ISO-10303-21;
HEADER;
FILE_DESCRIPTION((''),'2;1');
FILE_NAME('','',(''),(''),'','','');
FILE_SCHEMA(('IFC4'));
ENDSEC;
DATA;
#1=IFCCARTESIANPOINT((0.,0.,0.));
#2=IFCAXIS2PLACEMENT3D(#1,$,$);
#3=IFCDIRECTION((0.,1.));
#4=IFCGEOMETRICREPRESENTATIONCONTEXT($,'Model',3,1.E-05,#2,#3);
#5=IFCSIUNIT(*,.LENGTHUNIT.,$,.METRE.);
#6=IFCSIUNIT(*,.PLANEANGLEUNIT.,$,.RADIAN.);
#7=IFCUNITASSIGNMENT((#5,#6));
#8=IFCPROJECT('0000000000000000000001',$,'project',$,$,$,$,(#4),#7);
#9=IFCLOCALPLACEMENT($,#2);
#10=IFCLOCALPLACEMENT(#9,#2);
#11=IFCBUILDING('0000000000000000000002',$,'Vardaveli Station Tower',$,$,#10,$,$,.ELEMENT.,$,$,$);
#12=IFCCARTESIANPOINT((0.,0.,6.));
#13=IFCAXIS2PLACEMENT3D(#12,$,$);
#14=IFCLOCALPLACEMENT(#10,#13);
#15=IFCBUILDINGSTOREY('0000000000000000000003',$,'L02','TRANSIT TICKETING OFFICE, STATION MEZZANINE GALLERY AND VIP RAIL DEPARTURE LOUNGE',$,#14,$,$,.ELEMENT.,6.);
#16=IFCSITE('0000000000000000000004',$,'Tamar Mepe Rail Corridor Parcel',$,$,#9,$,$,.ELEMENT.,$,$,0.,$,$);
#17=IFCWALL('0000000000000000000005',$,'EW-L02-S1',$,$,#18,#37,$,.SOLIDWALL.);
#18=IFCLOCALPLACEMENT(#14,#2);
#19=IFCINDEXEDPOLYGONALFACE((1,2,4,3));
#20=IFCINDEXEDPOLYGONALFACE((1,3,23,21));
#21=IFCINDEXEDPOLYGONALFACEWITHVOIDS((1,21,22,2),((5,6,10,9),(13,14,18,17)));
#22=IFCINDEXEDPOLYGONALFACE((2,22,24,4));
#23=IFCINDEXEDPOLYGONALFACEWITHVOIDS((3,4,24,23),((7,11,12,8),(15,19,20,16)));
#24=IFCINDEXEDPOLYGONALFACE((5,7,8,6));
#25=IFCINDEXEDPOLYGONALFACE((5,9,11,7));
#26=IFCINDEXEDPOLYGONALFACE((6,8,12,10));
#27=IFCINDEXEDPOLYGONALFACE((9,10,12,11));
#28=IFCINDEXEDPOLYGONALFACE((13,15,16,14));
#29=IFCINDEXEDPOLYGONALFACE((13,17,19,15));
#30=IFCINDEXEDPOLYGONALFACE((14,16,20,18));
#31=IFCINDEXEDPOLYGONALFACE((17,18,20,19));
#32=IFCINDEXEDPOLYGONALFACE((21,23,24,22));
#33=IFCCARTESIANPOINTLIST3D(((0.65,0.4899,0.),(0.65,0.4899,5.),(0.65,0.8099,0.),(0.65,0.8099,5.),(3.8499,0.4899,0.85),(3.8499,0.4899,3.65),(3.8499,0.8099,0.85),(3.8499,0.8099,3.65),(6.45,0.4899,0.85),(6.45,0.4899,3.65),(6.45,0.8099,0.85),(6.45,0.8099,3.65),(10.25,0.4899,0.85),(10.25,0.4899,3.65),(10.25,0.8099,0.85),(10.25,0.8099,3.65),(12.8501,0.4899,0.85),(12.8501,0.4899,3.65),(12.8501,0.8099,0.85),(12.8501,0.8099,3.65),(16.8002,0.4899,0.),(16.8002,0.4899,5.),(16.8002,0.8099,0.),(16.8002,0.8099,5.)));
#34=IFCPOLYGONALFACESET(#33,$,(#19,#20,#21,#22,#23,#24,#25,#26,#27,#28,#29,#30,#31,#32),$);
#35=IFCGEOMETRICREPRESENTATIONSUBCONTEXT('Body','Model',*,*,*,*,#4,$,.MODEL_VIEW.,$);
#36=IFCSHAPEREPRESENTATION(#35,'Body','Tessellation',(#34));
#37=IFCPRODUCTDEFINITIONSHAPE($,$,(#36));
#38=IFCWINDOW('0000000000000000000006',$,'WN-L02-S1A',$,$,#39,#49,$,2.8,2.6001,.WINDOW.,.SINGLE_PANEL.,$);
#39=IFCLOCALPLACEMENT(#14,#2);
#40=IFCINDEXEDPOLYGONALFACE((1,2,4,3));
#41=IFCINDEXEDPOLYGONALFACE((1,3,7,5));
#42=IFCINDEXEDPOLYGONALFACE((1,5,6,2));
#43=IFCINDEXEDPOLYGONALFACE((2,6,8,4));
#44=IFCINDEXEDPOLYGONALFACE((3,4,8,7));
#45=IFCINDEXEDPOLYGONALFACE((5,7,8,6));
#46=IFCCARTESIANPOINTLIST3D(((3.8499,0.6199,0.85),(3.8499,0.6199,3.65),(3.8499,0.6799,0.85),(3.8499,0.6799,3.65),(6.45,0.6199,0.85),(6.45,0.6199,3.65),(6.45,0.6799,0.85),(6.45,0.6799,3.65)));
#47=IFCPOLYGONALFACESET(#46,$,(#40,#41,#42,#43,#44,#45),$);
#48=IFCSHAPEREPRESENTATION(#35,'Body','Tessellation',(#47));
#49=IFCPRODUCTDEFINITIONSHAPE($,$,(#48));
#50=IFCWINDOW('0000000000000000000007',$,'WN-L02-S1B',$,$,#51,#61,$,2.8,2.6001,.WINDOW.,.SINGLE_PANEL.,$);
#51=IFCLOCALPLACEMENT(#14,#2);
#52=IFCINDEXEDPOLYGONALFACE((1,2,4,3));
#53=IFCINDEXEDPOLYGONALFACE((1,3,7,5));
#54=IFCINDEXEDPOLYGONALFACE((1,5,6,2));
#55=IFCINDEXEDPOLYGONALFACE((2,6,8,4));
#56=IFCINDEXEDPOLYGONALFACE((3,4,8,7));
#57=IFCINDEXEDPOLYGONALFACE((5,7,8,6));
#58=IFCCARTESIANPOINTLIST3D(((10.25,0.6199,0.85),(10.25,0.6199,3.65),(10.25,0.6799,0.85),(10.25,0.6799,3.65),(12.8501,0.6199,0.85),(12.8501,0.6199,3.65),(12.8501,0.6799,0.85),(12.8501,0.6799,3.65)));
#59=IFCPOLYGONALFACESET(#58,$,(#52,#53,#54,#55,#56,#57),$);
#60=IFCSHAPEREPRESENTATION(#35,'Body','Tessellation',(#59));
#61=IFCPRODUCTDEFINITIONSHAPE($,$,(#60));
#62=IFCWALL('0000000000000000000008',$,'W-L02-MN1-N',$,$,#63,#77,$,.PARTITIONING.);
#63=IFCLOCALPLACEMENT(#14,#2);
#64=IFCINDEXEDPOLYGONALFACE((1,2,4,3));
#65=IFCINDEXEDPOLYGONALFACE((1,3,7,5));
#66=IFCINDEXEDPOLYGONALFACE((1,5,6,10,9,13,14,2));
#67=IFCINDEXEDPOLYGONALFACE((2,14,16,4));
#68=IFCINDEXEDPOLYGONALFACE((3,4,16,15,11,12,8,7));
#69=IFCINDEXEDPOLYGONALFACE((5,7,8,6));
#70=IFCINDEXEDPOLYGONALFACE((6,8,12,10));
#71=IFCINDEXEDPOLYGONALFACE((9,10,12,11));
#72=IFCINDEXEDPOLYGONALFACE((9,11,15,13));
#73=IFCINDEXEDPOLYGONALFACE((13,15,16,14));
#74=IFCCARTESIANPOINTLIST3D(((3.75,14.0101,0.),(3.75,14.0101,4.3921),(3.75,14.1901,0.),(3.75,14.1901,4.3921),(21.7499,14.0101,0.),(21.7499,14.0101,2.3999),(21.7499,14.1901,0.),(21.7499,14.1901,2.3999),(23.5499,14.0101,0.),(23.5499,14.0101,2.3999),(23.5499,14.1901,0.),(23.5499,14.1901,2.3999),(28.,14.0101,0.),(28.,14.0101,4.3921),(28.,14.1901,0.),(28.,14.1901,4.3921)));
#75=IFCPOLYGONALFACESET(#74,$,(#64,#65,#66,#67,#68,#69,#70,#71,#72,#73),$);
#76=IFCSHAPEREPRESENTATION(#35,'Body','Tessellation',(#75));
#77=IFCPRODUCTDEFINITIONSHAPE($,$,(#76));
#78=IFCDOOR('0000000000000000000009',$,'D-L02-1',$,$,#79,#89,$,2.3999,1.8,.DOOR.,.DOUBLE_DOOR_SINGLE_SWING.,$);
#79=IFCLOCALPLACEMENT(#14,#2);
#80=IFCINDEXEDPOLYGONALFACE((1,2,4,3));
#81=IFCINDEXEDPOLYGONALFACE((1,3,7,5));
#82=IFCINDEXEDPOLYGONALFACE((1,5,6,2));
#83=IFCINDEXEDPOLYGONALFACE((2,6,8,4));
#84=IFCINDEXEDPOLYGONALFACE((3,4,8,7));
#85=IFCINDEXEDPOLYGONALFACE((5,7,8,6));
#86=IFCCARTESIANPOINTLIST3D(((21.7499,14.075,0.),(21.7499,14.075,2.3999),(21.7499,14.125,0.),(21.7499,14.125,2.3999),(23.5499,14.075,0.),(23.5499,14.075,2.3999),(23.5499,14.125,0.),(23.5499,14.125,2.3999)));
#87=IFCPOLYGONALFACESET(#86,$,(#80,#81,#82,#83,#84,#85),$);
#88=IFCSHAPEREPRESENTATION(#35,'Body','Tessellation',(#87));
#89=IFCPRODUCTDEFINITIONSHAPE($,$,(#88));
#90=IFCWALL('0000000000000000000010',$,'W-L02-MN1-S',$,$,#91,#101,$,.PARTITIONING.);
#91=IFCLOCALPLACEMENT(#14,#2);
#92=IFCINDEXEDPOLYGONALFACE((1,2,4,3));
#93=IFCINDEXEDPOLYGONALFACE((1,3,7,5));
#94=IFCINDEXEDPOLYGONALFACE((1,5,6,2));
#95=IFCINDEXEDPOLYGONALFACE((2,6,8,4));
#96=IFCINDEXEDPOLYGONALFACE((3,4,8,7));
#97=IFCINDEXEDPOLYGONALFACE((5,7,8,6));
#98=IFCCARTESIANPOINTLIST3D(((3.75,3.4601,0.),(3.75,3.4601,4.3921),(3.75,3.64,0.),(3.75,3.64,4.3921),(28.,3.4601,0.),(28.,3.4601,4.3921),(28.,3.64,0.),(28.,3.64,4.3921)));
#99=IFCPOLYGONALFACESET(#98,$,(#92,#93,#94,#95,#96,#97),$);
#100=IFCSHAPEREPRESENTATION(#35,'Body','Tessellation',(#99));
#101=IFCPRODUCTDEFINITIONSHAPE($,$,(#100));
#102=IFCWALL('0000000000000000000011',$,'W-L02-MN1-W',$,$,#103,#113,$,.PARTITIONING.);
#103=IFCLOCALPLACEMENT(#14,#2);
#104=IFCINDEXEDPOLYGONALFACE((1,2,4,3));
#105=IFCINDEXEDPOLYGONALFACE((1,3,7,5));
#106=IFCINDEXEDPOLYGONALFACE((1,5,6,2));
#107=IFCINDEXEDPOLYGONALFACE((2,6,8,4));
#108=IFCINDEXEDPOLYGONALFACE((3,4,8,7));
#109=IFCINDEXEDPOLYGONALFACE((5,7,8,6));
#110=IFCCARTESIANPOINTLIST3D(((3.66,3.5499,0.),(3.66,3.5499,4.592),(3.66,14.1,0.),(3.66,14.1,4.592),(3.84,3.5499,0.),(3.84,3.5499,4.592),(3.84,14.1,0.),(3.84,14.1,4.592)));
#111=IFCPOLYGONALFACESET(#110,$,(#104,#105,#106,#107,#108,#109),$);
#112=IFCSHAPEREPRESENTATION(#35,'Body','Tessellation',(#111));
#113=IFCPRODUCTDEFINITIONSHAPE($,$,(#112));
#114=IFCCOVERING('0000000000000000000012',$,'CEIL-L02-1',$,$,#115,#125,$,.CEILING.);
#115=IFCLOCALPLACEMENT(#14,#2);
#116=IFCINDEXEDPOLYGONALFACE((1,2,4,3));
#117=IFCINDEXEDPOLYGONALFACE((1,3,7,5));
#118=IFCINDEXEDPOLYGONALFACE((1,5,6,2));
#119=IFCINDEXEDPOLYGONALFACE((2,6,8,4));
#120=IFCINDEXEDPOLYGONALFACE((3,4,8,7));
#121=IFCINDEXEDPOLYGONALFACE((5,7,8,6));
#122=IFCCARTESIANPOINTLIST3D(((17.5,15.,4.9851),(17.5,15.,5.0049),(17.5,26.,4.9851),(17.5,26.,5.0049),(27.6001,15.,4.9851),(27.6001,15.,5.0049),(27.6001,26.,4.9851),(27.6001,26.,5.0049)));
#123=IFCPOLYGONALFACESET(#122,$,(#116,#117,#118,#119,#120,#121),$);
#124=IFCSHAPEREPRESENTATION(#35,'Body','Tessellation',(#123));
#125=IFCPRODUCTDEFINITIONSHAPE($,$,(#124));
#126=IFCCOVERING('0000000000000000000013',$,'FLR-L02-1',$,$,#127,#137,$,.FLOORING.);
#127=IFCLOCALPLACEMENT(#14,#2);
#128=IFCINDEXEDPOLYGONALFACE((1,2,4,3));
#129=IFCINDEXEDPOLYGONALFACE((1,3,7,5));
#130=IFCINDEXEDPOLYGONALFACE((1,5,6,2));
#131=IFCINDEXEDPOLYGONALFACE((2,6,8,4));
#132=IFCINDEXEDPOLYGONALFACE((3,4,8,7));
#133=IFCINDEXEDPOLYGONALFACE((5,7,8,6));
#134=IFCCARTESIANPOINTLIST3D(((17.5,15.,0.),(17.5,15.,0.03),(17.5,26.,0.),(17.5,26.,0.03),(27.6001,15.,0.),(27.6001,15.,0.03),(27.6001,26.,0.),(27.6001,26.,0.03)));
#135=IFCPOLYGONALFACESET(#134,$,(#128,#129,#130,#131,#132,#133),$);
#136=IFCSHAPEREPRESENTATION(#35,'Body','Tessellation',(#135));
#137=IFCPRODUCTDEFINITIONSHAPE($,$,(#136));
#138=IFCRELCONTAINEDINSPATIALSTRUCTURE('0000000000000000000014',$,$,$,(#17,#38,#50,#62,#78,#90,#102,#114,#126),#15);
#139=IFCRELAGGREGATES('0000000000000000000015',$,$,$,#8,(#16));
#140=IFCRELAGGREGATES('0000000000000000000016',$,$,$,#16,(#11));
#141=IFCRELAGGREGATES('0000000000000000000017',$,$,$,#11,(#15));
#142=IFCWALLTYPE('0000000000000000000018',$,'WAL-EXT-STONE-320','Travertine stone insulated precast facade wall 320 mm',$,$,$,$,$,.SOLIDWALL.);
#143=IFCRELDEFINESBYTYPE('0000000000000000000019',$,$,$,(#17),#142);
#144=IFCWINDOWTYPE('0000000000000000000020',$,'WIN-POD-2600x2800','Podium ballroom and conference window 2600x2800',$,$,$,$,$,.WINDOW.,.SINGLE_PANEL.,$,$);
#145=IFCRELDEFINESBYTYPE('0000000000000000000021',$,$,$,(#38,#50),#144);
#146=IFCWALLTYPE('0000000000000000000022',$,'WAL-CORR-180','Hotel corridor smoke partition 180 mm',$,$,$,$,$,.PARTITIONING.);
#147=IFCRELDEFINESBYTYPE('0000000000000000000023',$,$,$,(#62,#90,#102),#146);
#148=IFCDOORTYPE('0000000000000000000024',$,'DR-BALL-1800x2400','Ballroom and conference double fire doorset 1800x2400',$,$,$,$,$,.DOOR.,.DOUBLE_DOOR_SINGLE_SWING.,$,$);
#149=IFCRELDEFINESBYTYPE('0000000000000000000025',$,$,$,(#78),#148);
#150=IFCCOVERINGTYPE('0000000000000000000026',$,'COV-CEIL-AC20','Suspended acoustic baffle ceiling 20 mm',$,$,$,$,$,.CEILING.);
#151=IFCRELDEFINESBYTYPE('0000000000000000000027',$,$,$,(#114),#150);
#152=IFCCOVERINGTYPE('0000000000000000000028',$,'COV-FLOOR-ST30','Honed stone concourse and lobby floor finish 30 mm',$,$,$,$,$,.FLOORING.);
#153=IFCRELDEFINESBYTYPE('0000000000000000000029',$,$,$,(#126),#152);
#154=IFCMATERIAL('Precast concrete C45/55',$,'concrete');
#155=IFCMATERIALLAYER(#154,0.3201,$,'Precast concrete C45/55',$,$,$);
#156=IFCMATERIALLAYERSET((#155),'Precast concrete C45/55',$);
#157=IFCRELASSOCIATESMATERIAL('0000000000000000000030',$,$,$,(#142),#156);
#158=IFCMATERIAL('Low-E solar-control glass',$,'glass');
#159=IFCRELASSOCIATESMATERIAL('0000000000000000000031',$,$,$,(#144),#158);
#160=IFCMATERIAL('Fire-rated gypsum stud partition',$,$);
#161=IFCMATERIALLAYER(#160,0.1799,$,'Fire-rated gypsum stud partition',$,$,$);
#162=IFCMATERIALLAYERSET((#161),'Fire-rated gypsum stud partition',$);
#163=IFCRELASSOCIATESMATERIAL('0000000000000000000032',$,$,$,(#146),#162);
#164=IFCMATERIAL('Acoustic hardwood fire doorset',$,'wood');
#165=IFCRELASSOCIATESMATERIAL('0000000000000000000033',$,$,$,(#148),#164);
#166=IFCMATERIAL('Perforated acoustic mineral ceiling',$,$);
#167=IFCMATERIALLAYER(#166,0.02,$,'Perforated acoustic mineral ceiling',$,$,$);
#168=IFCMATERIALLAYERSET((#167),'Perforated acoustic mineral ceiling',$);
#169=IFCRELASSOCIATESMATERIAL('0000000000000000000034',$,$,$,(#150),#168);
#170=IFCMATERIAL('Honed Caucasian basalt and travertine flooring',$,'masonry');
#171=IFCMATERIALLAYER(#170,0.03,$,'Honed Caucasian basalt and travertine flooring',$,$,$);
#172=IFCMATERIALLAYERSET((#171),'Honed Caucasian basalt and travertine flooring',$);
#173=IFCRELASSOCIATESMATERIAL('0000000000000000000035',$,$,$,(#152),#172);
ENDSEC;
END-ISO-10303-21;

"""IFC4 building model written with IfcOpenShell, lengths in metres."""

from ifc_helpers import new_model, si_unit, direction, frame, frame_2d, origin, place, context, subcontext, project, spatial, polyline, rectangle, outline, extrude, source, transform, mapped, material, layer, layer_set, type_object, element, fill, save


model = new_model("IFC4")

# Units and contexts
model_context = context("Model", 3, precision=1e-05, world=origin(), true_north=direction((0.0, 1.0)))
body_context = subcontext(model_context, "Body", "Model", "MODEL_VIEW")
ifc_project = project(units=[si_unit("LENGTHUNIT", "METRE"), si_unit("PLANEANGLEUNIT", "RADIAN")], contexts=[model_context])

# Site, building, storey
site_placement = place(None, origin())
site = spatial("IfcSite", under=ifc_project, at=site_placement, Name="Tamar Mepe Rail Corridor Parcel", CompositionType="ELEMENT", RefElevation=0.0)
building_placement = place(site_placement, origin())
building = spatial("IfcBuilding", under=site, at=building_placement, Name="Vardaveli Station Tower", CompositionType="ELEMENT")
storey_placement = place(building_placement, frame((0.0, 0.0, 6.0)))
storey = spatial("IfcBuildingStorey", under=building, at=storey_placement, Name="L02", Description="TRANSIT TICKETING OFFICE, STATION MEZZANINE GALLERY AND VIP RAIL DEPARTURE LOUNGE", CompositionType="ELEMENT", Elevation=6.0)

# Wall, openings, windows
ifc_material_1 = material(Name="Precast concrete C45/55", Category="concrete")
ifc_layer_1 = layer(ifc_material_1, 0.3201, Name="Precast concrete C45/55")
ifc_layer_set_1 = layer_set([ifc_layer_1], Name="Precast concrete C45/55")
wall_type_1 = type_object("IfcWallType", Name="WAL-EXT-STONE-320", Description="Travertine stone insulated precast facade wall 320 mm", PredefinedType="SOLIDWALL", material=ifc_layer_set_1)
shared_shape_1 = source(origin(), body_context, "Body", "SweptSolid", [
    extrude(rectangle(XDim=16.1501, YDim=0.3201, at=frame_2d((8.0752, 0.0))), origin(), (0.0, 0.0, 1.0), 5.0),
])
wall_1_placement = place(storey_placement, frame((0.6499, 0.6499, 0.0), z_axis=(0.0, 0.0, 1.0), x_axis=(1.0, 0.0, 0.0)))
wall_1 = element("IfcWall", 1, at=wall_1_placement, inside=storey, type_object=wall_type_1, Name="EW-L02-S1", PredefinedType="SOLIDWALL", context=body_context, shape_type="MappedRepresentation", body=[
    mapped(shared_shape_1, transform((0.0, 0.0, 0.0), scale=1.0)),
])
shared_shape_2 = source(origin(), body_context, "Body", "SweptSolid", [
    extrude(rectangle(XDim=2.6001, YDim=2.8, at=frame_2d((1.3, 1.3999))), frame((0.0, 0.1699, 0.0), z_axis=(0.0, -1.0, 0.0), x_axis=(1.0, 0.0, 0.0)), (0.0, 0.0, 1.0), 0.3401),
])
opening_1_placement = place(wall_1_placement, frame((3.2, 0.0, 0.8501)))
opening_1 = element("IfcOpeningElement", 2, at=opening_1_placement, cuts=wall_1, PredefinedType="OPENING", context=body_context, shape_type="MappedRepresentation", body=[
    mapped(shared_shape_2, transform((0.0, 0.0, 0.0), scale=1.0)),
])
opening_2_placement = place(wall_1_placement, frame((9.6001, 0.0, 0.8501)))
opening_2 = element("IfcOpeningElement", 3, at=opening_2_placement, cuts=wall_1, PredefinedType="OPENING", context=body_context, shape_type="MappedRepresentation", body=[
    mapped(shared_shape_2, transform((0.0, 0.0, 0.0), scale=1.0)),
])
ifc_material_2 = material(Name="Low-E solar-control glass", Category="glass")
window_type = type_object("IfcWindowType", Name="WIN-POD-2600x2800", Description="Podium ballroom and conference window 2600x2800", PartitioningType="SINGLE_PANEL", PredefinedType="WINDOW", material=ifc_material_2)
shared_shape_3 = source(origin(), body_context, "Body", "SweptSolid", [
    extrude(rectangle(XDim=2.6001, YDim=2.8, at=frame_2d((1.3, 1.3999))), frame((0.0, 0.03, 0.0), z_axis=(0.0, -1.0, 0.0), x_axis=(1.0, 0.0, 0.0)), (0.0, 0.0, 1.0), 0.0601),
])
window_1_placement = place(opening_1_placement, origin())
window_1 = element("IfcWindow", 4, at=window_1_placement, inside=storey, type_object=window_type, Name="WN-L02-S1A", OverallHeight=2.8, OverallWidth=2.6001, PartitioningType="SINGLE_PANEL", PredefinedType="WINDOW", context=body_context, shape_type="MappedRepresentation", body=[
    mapped(shared_shape_3, transform((0.0, 0.0, 0.0), scale=1.0)),
])
fill(opening_1, window_1)
window_2_placement = place(opening_2_placement, origin())
window_2 = element("IfcWindow", 5, at=window_2_placement, inside=storey, type_object=window_type, Name="WN-L02-S1B", OverallHeight=2.8, OverallWidth=2.6001, PartitioningType="SINGLE_PANEL", PredefinedType="WINDOW", context=body_context, shape_type="MappedRepresentation", body=[
    mapped(shared_shape_3, transform((0.0, 0.0, 0.0), scale=1.0)),
])
fill(opening_2, window_2)

# Wall, opening, door
ifc_material_3 = material(Name="Fire-rated gypsum stud partition")
ifc_layer_2 = layer(ifc_material_3, 0.1799, Name="Fire-rated gypsum stud partition")
ifc_layer_set_2 = layer_set([ifc_layer_2], Name="Fire-rated gypsum stud partition")
wall_type_2 = type_object("IfcWallType", Name="WAL-CORR-180", Description="Hotel corridor smoke partition 180 mm", PredefinedType="PARTITIONING", material=ifc_layer_set_2)
shared_shape_4 = source(origin(), body_context, "Body", "SweptSolid", [
    extrude(rectangle(XDim=24.25, YDim=0.1799, at=frame_2d((12.125, 0.0))), origin(), (0.0, 0.0, 1.0), 4.3921),
])
wall_2_placement = place(storey_placement, frame((3.75, 14.1001, 0.0), z_axis=(0.0, 0.0, 1.0), x_axis=(1.0, 0.0, 0.0)))
wall_2 = element("IfcWall", 6, at=wall_2_placement, inside=storey, type_object=wall_type_2, Name="W-L02-MN1-N", PredefinedType="PARTITIONING", context=body_context, shape_type="MappedRepresentation", body=[
    mapped(shared_shape_4, transform((0.0, 0.0, 0.0), scale=1.0)),
])
shared_shape_5 = source(origin(), body_context, "Body", "SweptSolid", [
    extrude(rectangle(XDim=1.8, YDim=2.3999, at=frame_2d((0.8999, 1.2))), frame((0.0, 0.1001, 0.0), z_axis=(0.0, -1.0, 0.0), x_axis=(1.0, 0.0, 0.0)), (0.0, 0.0, 1.0), 0.2),
])
opening_3_placement = place(wall_2_placement, frame((18.0, 0.0, 0.0)))
opening_3 = element("IfcOpeningElement", 7, at=opening_3_placement, cuts=wall_2, PredefinedType="OPENING", context=body_context, shape_type="MappedRepresentation", body=[
    mapped(shared_shape_5, transform((0.0, 0.0, 0.0), scale=1.0)),
])
ifc_material_4 = material(Name="Acoustic hardwood fire doorset", Category="wood")
door_type = type_object("IfcDoorType", Name="DR-BALL-1800x2400", Description="Ballroom and conference double fire doorset 1800x2400", OperationType="DOUBLE_DOOR_SINGLE_SWING", PredefinedType="DOOR", material=ifc_material_4)
shared_shape_6 = source(origin(), body_context, "Body", "SweptSolid", [
    extrude(rectangle(XDim=1.8, YDim=2.3999, at=frame_2d((0.8999, 1.2))), frame((0.0, 0.0249, 0.0), z_axis=(0.0, -1.0, 0.0), x_axis=(1.0, 0.0, 0.0)), (0.0, 0.0, 1.0), 0.05),
])
door_placement = place(opening_3_placement, origin())
door = element("IfcDoor", 8, at=door_placement, inside=storey, type_object=door_type, Name="D-L02-1", OperationType="DOUBLE_DOOR_SINGLE_SWING", OverallHeight=2.3999, OverallWidth=1.8, PredefinedType="DOOR", context=body_context, shape_type="MappedRepresentation", body=[
    mapped(shared_shape_6, transform((0.0, 0.0, 0.0), scale=1.0)),
])
fill(opening_3, door)

# Walls
wall_3_placement = place(storey_placement, frame((3.75, 3.55, 0.0), z_axis=(0.0, 0.0, 1.0), x_axis=(1.0, 0.0, 0.0)))
element("IfcWall", 9, at=wall_3_placement, inside=storey, type_object=wall_type_2, Name="W-L02-MN1-S", PredefinedType="PARTITIONING", context=body_context, shape_type="MappedRepresentation", body=[
    mapped(shared_shape_4, transform((0.0, 0.0, 0.0), scale=1.0)),
])
shared_shape_7 = source(origin(), body_context, "Body", "SweptSolid", [
    extrude(rectangle(XDim=10.55, YDim=0.1799, at=frame_2d((5.2749, 0.0))), origin(), (0.0, 0.0, 1.0), 4.592),
])
wall_4_placement = place(storey_placement, frame((3.75, 3.55, 0.0), z_axis=(0.0, 0.0, 1.0), x_axis=(0.0, 1.0, 0.0)))
element("IfcWall", 10, at=wall_4_placement, inside=storey, type_object=wall_type_2, Name="W-L02-MN1-W", PredefinedType="PARTITIONING", context=body_context, shape_type="MappedRepresentation", body=[
    mapped(shared_shape_7, transform((0.0, 0.0, 0.0), scale=1.0)),
])

# Coverings
ifc_material_5 = material(Name="Perforated acoustic mineral ceiling")
ifc_layer_3 = layer(ifc_material_5, 0.02, Name="Perforated acoustic mineral ceiling")
ifc_layer_set_3 = layer_set([ifc_layer_3], Name="Perforated acoustic mineral ceiling")
covering_type_1 = type_object("IfcCoveringType", Name="COV-CEIL-AC20", Description="Suspended acoustic baffle ceiling 20 mm", PredefinedType="CEILING", material=ifc_layer_set_3)
covering_1_placement = place(storey_placement, frame((0.0, 0.0, 4.9851)))
element("IfcCovering", 11, at=covering_1_placement, inside=storey, type_object=covering_type_1, Name="CEIL-L02-1", PredefinedType="CEILING", context=body_context, shape_type="SweptSolid", body=[
    extrude(outline(polyline([(17.5, 15.0), (27.6001, 15.0), (27.6001, 26.0), (17.5, 26.0), (17.5, 15.0)])), origin(), (0.0, 0.0, 1.0), 0.0198),
])
ifc_material_6 = material(Name="Honed Caucasian basalt and travertine flooring", Category="masonry")
ifc_layer_4 = layer(ifc_material_6, 0.03, Name="Honed Caucasian basalt and travertine flooring")
ifc_layer_set_4 = layer_set([ifc_layer_4], Name="Honed Caucasian basalt and travertine flooring")
covering_type_2 = type_object("IfcCoveringType", Name="COV-FLOOR-ST30", Description="Honed stone concourse and lobby floor finish 30 mm", PredefinedType="FLOORING", material=ifc_layer_set_4)
covering_2_placement = place(storey_placement, origin())
element("IfcCovering", 12, at=covering_2_placement, inside=storey, type_object=covering_type_2, Name="FLR-L02-1", PredefinedType="FLOORING", context=body_context, shape_type="SweptSolid", body=[
    extrude(outline(polyline([(17.5, 15.0), (27.6001, 15.0), (27.6001, 26.0), (17.5, 26.0), (17.5, 15.0)])), origin(), (0.0, 0.0, 1.0), 0.03),
])

save(model, "model.ifc")
